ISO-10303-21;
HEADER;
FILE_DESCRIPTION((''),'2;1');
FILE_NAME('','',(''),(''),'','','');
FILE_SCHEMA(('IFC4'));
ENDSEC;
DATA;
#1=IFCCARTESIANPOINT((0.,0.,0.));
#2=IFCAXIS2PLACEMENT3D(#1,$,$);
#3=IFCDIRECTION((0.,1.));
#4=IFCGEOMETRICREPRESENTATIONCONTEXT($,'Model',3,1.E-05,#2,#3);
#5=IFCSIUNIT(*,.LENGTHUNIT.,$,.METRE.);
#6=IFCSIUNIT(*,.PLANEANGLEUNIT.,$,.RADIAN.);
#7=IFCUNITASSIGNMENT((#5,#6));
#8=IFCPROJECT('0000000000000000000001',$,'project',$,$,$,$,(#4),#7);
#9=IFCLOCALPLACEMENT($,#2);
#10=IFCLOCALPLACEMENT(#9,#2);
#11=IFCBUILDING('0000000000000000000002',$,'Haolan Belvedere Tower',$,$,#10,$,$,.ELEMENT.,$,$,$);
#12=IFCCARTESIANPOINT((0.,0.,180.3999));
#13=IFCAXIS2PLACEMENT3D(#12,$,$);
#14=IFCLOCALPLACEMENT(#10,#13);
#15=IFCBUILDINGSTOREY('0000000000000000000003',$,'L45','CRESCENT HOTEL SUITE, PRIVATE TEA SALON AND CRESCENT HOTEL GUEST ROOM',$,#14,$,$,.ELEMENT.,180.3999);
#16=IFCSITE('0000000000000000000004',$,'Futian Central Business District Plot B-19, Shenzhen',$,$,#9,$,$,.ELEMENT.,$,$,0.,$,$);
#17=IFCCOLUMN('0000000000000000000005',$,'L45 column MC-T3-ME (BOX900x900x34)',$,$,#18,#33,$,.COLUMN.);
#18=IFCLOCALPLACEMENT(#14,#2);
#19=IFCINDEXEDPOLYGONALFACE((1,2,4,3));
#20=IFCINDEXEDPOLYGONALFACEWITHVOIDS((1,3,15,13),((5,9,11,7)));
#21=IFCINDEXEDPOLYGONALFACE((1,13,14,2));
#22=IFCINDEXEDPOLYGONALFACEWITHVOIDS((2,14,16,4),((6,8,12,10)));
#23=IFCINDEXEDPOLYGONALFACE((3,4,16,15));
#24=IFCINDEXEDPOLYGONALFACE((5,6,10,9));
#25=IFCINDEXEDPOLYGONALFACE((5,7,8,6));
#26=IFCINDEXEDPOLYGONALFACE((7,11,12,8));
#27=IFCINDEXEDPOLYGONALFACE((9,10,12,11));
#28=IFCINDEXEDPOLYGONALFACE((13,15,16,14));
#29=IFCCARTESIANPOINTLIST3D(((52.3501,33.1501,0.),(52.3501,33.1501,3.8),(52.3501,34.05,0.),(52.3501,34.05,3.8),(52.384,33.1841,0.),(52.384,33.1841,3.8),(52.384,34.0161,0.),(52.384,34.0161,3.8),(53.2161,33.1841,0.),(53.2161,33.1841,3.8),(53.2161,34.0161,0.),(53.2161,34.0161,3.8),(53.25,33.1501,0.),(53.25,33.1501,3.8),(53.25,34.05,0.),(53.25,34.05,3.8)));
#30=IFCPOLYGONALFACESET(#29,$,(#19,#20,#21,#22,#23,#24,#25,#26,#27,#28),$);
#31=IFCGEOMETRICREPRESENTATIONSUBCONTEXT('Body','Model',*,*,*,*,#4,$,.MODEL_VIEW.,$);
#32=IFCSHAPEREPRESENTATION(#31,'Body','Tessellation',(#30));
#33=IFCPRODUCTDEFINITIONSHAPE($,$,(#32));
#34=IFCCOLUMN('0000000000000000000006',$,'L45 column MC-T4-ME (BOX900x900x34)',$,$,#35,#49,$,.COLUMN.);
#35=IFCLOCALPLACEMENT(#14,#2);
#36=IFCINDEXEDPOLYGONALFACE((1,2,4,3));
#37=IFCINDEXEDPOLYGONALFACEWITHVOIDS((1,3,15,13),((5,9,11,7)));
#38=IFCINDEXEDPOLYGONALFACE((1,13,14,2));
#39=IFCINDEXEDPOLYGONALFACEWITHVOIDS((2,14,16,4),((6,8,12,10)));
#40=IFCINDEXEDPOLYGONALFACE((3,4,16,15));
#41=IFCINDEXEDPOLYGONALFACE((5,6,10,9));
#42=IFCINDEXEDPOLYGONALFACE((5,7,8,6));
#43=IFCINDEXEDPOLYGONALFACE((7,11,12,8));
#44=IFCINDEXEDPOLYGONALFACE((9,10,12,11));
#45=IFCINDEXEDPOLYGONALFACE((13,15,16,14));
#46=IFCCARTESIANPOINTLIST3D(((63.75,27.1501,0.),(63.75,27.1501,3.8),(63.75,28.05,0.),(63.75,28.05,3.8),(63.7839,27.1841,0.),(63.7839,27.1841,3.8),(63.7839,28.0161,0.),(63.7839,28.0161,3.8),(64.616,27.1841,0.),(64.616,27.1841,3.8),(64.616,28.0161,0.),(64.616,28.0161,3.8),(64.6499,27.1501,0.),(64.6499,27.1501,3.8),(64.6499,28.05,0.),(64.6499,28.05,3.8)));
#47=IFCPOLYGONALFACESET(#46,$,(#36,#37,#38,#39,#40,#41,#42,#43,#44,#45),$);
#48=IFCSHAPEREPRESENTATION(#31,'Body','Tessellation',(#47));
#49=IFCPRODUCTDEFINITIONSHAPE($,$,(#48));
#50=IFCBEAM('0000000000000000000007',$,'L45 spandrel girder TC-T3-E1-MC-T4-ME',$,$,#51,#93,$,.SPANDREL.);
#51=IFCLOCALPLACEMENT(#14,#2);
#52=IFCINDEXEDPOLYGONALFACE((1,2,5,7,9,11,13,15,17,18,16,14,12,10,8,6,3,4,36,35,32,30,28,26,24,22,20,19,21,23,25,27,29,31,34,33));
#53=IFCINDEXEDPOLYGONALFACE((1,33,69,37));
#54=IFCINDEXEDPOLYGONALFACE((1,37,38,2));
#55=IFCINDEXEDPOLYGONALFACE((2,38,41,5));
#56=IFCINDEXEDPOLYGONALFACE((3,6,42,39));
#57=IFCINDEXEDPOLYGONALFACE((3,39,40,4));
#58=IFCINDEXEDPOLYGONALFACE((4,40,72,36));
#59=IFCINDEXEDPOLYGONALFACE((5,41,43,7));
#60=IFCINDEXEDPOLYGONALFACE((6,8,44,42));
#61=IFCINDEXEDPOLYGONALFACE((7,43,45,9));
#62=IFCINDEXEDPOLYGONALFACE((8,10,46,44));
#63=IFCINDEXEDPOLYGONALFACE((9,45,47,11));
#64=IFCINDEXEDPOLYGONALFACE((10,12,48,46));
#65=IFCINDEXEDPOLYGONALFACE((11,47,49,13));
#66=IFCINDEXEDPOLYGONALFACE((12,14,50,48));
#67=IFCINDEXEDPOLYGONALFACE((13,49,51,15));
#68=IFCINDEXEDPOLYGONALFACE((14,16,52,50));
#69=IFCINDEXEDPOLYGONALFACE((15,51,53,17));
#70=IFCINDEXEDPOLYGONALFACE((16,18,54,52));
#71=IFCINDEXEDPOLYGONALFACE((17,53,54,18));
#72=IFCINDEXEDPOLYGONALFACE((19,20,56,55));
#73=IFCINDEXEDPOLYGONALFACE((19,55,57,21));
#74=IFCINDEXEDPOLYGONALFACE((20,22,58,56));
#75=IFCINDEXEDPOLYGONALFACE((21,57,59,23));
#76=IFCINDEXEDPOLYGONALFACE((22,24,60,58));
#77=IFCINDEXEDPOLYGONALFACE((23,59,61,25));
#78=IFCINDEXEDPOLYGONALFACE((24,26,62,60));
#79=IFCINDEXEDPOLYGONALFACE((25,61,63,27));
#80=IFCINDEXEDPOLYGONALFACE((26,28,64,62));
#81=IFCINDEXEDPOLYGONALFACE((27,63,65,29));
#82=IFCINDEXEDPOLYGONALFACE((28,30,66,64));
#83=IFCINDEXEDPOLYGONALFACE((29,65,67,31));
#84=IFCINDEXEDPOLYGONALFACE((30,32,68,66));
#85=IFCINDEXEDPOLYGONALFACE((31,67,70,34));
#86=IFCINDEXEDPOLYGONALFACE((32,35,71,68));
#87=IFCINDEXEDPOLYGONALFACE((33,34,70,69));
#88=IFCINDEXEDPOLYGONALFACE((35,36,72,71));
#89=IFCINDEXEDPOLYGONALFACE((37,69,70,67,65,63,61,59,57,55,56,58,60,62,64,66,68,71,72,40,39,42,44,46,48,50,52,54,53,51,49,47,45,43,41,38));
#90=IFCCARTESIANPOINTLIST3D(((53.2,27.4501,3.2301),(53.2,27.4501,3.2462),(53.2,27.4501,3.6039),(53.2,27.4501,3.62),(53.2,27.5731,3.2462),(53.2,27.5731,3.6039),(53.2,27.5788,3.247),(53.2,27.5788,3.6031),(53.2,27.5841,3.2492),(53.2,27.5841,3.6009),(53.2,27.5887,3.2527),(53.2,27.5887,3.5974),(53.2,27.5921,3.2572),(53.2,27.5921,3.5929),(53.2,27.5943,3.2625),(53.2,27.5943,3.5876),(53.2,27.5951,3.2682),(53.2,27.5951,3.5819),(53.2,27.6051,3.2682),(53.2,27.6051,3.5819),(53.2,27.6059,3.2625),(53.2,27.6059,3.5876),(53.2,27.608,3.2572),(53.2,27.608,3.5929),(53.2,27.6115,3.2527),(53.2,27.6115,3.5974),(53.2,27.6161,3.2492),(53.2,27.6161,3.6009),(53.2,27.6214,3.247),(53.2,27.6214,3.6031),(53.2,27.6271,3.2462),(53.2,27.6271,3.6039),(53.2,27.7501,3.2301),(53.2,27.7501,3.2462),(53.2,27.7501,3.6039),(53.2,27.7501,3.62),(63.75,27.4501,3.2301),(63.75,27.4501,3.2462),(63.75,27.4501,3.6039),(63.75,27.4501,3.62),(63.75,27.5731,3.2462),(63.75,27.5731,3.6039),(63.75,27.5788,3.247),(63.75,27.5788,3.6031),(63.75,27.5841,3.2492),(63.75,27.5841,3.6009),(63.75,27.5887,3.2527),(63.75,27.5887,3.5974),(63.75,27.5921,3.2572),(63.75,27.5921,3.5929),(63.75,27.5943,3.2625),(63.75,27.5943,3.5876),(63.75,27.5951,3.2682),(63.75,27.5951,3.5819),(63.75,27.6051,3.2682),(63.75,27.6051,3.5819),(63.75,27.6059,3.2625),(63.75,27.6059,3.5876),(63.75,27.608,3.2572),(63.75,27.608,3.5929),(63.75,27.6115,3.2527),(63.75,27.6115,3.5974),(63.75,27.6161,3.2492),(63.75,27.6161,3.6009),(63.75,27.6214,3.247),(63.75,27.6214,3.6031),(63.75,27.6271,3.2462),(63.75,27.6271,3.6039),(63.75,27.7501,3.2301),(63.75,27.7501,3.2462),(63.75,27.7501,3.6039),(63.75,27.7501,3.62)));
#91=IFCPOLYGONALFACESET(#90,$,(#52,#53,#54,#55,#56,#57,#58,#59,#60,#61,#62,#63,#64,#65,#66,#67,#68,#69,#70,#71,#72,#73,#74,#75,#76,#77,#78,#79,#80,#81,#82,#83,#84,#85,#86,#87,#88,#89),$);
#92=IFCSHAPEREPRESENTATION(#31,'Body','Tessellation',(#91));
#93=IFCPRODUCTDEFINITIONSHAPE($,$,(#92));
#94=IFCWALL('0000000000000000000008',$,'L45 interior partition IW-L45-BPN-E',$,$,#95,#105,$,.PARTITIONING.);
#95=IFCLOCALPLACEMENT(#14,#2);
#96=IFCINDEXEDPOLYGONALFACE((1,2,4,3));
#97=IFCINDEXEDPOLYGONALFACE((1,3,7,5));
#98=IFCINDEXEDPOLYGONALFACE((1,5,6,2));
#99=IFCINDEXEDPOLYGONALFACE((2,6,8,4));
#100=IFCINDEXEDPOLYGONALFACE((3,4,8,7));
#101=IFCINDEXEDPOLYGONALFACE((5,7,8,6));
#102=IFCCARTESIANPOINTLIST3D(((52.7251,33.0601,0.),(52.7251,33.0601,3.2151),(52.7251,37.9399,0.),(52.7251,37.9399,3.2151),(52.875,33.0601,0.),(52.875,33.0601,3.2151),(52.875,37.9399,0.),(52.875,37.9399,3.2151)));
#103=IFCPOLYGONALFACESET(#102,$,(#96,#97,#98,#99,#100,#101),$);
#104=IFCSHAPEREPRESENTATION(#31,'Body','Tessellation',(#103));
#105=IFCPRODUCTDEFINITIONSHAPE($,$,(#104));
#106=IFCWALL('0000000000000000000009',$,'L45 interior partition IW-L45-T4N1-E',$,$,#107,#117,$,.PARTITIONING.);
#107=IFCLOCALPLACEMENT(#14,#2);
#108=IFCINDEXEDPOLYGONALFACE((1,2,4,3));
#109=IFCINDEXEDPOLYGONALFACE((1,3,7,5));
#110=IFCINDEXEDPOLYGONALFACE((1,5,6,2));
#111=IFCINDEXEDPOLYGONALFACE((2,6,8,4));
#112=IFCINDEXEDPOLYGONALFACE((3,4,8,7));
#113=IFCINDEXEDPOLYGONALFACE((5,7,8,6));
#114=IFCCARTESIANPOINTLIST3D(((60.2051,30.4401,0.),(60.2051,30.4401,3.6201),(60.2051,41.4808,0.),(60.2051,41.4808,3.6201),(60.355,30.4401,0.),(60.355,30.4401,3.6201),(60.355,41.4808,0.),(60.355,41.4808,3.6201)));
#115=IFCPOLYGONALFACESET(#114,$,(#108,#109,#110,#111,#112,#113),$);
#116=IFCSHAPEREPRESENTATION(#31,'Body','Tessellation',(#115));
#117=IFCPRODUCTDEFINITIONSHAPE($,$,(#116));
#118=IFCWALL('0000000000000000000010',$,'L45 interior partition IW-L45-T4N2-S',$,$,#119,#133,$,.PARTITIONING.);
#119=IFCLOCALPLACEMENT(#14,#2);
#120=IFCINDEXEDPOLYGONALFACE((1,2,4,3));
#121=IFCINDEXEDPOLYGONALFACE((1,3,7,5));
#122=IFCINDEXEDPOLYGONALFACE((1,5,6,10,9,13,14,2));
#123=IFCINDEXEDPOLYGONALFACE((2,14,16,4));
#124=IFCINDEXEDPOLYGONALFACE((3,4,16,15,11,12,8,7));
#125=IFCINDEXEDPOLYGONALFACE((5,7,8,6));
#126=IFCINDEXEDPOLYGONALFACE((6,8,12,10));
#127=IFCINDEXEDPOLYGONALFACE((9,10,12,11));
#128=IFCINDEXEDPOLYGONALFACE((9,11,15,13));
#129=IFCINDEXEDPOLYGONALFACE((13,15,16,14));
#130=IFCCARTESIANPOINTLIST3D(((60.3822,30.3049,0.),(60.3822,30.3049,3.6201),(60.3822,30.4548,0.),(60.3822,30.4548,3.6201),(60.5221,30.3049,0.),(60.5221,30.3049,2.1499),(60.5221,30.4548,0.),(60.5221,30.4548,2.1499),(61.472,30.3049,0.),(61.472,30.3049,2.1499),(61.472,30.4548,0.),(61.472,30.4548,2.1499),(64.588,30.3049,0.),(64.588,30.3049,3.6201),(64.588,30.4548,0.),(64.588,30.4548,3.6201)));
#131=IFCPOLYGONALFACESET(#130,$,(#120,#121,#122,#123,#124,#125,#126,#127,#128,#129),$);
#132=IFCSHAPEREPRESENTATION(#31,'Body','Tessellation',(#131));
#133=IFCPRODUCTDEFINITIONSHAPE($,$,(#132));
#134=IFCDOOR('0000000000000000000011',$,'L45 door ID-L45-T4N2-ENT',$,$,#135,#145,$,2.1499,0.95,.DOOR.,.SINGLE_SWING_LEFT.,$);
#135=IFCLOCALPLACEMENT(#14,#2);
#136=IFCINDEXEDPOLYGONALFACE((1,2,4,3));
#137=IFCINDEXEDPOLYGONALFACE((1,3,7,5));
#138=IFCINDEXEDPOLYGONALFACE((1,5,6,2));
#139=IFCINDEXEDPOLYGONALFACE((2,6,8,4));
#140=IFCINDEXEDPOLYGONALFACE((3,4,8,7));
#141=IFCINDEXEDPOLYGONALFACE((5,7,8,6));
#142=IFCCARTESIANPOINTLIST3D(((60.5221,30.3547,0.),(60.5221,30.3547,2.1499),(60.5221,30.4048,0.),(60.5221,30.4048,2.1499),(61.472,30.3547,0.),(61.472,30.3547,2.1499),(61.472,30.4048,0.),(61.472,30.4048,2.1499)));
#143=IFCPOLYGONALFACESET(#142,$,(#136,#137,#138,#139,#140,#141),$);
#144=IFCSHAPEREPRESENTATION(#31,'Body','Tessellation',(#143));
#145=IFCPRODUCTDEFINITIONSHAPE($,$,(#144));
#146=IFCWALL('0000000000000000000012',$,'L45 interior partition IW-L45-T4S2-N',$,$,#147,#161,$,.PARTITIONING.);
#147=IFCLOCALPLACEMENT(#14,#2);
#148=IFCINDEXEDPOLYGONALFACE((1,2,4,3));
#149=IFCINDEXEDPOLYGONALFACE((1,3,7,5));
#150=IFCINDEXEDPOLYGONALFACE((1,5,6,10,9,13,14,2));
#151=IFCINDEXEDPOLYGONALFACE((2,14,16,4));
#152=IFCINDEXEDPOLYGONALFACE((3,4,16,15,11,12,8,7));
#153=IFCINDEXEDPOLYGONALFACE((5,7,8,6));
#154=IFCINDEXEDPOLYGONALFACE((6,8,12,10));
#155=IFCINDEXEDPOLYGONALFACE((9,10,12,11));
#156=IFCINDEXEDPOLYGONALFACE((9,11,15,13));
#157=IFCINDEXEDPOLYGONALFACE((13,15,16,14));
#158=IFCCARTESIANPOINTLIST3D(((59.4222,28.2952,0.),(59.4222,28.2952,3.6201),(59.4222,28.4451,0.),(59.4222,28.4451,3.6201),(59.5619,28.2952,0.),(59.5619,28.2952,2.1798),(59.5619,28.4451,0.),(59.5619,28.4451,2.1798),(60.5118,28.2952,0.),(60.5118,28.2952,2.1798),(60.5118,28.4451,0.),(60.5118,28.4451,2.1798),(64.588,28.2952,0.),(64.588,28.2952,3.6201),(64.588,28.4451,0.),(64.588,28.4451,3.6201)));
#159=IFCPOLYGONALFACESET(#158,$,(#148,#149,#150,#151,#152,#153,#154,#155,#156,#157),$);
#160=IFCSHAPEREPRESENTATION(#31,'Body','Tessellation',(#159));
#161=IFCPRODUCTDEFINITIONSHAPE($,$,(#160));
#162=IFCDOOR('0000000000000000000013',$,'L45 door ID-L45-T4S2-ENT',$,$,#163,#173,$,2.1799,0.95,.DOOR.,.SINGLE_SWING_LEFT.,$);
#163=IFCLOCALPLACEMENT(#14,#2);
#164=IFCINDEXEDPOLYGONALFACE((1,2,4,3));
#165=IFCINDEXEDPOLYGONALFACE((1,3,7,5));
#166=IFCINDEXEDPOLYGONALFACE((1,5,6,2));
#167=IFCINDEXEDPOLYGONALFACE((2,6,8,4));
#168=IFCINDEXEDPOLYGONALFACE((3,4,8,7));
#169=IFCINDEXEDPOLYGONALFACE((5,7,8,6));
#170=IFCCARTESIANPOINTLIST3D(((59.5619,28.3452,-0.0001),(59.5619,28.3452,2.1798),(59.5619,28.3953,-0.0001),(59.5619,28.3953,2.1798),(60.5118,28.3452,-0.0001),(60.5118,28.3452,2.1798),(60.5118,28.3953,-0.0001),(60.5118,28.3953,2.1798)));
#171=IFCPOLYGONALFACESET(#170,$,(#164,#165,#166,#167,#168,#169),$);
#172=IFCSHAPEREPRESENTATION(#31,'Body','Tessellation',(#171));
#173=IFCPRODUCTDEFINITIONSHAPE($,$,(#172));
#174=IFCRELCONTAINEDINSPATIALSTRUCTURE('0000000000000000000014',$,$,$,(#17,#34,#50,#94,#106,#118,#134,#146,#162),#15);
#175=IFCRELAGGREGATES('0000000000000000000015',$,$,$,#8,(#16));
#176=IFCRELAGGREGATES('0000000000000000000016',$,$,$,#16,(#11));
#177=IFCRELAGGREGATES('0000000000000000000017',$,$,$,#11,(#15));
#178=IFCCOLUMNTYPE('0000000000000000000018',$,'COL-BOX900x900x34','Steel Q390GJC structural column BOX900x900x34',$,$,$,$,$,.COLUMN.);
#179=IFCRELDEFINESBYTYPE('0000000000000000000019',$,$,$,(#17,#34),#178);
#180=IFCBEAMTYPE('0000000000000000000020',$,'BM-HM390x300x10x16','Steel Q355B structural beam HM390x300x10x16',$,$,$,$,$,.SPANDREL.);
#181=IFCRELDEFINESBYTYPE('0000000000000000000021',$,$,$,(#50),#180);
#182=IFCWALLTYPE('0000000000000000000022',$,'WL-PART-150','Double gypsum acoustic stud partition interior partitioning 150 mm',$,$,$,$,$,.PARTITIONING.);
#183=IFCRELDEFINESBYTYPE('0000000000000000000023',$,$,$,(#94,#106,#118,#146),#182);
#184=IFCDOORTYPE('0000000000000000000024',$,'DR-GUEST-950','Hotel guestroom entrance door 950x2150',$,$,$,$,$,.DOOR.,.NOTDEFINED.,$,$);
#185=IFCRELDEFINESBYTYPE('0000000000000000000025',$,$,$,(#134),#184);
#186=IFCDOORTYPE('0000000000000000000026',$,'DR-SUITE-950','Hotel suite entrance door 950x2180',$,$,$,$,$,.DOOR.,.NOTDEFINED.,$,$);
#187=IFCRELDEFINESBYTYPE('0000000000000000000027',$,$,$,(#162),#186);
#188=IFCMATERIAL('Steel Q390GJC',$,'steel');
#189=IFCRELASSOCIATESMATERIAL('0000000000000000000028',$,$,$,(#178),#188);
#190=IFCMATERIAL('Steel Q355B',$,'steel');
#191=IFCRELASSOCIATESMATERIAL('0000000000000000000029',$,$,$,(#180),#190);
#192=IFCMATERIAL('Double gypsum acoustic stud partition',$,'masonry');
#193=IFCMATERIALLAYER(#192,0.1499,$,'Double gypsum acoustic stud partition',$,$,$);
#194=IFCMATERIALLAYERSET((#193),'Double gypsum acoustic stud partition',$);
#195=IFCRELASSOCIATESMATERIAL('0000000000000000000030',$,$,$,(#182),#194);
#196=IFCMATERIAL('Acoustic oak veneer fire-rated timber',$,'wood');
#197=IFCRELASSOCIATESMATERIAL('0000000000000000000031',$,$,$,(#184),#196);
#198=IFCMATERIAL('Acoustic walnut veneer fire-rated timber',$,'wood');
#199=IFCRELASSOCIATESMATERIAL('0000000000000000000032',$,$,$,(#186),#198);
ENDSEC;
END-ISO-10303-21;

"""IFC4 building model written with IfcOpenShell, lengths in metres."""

from ifc_helpers import new_model, si_unit, direction, frame, frame_2d, origin, origin_2d, place, context, subcontext, project, spatial, rectangle, hollow_rectangle, i_section, extrude, material, layer, layer_set, material_profile, profile_set, type_object, element, fill, save


model = new_model("IFC4")

# Units and contexts
model_context = context("Model", 3, precision=1e-05, world=origin(), true_north=direction((0.0, 1.0)))
body_context = subcontext(model_context, "Body", "Model", "MODEL_VIEW")
ifc_project = project(units=[si_unit("LENGTHUNIT", "METRE"), si_unit("PLANEANGLEUNIT", "RADIAN")], contexts=[model_context])

# Site, building, storey
site_placement = place(None, origin())
site = spatial("IfcSite", under=ifc_project, at=site_placement, Name="Futian Central Business District Plot B-19, Shenzhen", CompositionType="ELEMENT", RefElevation=0.0)
building_placement = place(site_placement, origin())
building = spatial("IfcBuilding", under=site, at=building_placement, Name="Haolan Belvedere Tower", CompositionType="ELEMENT")
storey_placement = place(building_placement, frame((0.0, 0.0, 180.3999)))
storey = spatial("IfcBuildingStorey", under=building, at=storey_placement, Name="L45", Description="CRESCENT HOTEL SUITE, PRIVATE TEA SALON AND CRESCENT HOTEL GUEST ROOM", CompositionType="ELEMENT", Elevation=180.3999)

# Columns
ifc_material_1 = material(Name="Steel Q390GJC", Category="steel")
ifc_material_profile_1 = material_profile(ifc_material_1, hollow_rectangle(XDim=0.8999, YDim=0.8999, WallThickness=0.0339, at=origin_2d()), Name="Steel Q390GJC")
ifc_profile_set_1 = profile_set([ifc_material_profile_1], Name="Steel Q390GJC")
column_type = type_object("IfcColumnType", Name="COL-BOX900x900x34", Description="Steel Q390GJC structural column BOX900x900x34", PredefinedType="COLUMN", material=ifc_profile_set_1)
for number, where, z_axis, x_axis, name in (
    (1, (52.8, 33.6001, 0.0), (0.0, 0.0, 1.0), (1.0, 0.0, 0.0), "L45 column MC-T3-ME (BOX900x900x34)"),
    (2, (64.2, 27.6001, 0.0), (0.0, 0.0, 1.0), (1.0, 0.0, 0.0), "L45 column MC-T4-ME (BOX900x900x34)"),
):
    element("IfcColumn", number, at=place(storey_placement, frame(where, z_axis=z_axis, x_axis=x_axis)), inside=storey, type_object=column_type, Name=name, PredefinedType="COLUMN", context=body_context, shape_type="SweptSolid", body=[
        extrude(hollow_rectangle(XDim=0.8999, YDim=0.8999, WallThickness=0.0339, at=origin_2d()), origin(), (0.0, 0.0, 1.0), 3.8),
    ])

# Beam
ifc_material_2 = material(Name="Steel Q355B", Category="steel")
ifc_material_profile_2 = material_profile(ifc_material_2, i_section(OverallWidth=0.3, OverallDepth=0.3899, WebThickness=0.01, FlangeThickness=0.0161, FilletRadius=0.022, at=origin_2d()), Name="Steel Q355B")
ifc_profile_set_2 = profile_set([ifc_material_profile_2], Name="Steel Q355B")
beam_type = type_object("IfcBeamType", Name="BM-HM390x300x10x16", Description="Steel Q355B structural beam HM390x300x10x16", PredefinedType="SPANDREL", material=ifc_profile_set_2)
beam_placement = place(storey_placement, frame((53.2, 27.6001, 3.425), z_axis=(1.0, 0.0, 0.0), x_axis=(0.0, 1.0, 0.0)))
element("IfcBeam", 3, at=beam_placement, inside=storey, type_object=beam_type, Name="L45 spandrel girder TC-T3-E1-MC-T4-ME", PredefinedType="SPANDREL", context=body_context, shape_type="SweptSolid", body=[
    extrude(i_section(OverallWidth=0.3, OverallDepth=0.3899, WebThickness=0.01, FlangeThickness=0.0161, FilletRadius=0.022, at=origin_2d()), origin(), (0.0, 0.0, 1.0), 10.55),
])

# Walls
ifc_material_3 = material(Name="Double gypsum acoustic stud partition", Category="masonry")
ifc_layer_1 = layer(ifc_material_3, 0.1499, Name="Double gypsum acoustic stud partition")
ifc_layer_set_1 = layer_set([ifc_layer_1], Name="Double gypsum acoustic stud partition")
wall_type_1 = type_object("IfcWallType", Name="WL-PART-150", Description="Double gypsum acoustic stud partition interior partitioning 150 mm", PredefinedType="PARTITIONING", material=ifc_layer_set_1)
wall_1_placement = place(storey_placement, frame((52.8, 33.0601, 0.0), z_axis=(0.0, 0.0, 1.0), x_axis=(0.0, 1.0, 0.0)))
element("IfcWall", 4, at=wall_1_placement, inside=storey, type_object=wall_type_1, Name="L45 interior partition IW-L45-BPN-E", PredefinedType="PARTITIONING", context=body_context, shape_type="SweptSolid", body=[
    extrude(rectangle(XDim=4.8799, YDim=0.1499, at=frame_2d((2.4399, 0.0))), origin(), (0.0, 0.0, 1.0), 3.2151),
])
wall_2_placement = place(storey_placement, frame((60.28, 30.4399, 0.0), z_axis=(0.0, 0.0, 1.0), x_axis=(0.0, 1.0, 0.0)))
element("IfcWall", 5, at=wall_2_placement, inside=storey, type_object=wall_type_1, Name="L45 interior partition IW-L45-T4N1-E", PredefinedType="PARTITIONING", context=body_context, shape_type="SweptSolid", body=[
    extrude(rectangle(XDim=11.0408, YDim=0.1499, at=frame_2d((5.5205, 0.0))), origin(), (0.0, 0.0, 1.0), 3.6201),
])

# Walls, openings, doors
wall_3_placement = place(storey_placement, frame((60.3821, 30.3799, 0.0), z_axis=(0.0, 0.0, 1.0), x_axis=(1.0, 0.0, 0.0)))
wall_3 = element("IfcWall", 6, at=wall_3_placement, inside=storey, type_object=wall_type_1, Name="L45 interior partition IW-L45-T4N2-S", PredefinedType="PARTITIONING", context=body_context, shape_type="SweptSolid", body=[
    extrude(rectangle(XDim=4.2058, YDim=0.1499, at=frame_2d((2.103, 0.0))), origin(), (0.0, 0.0, 1.0), 3.6201),
])
opening_1_placement = place(wall_3_placement, frame((0.1399, 0.0, 0.0)))
opening_1 = element("IfcOpeningElement", 7, at=opening_1_placement, cuts=wall_3, PredefinedType="OPENING", context=body_context, shape_type="SweptSolid", body=[
    extrude(rectangle(XDim=0.95, YDim=2.1499, at=frame_2d((0.4751, 1.075))), frame((0.0, 0.085, 0.0), z_axis=(0.0, -1.0, 0.0), x_axis=(1.0, 0.0, 0.0)), (0.0, 0.0, 1.0), 0.1699),
])
ifc_material_4 = material(Name="Acoustic oak veneer fire-rated timber", Category="wood")
door_type_1 = type_object("IfcDoorType", Name="DR-GUEST-950", Description="Hotel guestroom entrance door 950x2150", OperationType="NOTDEFINED", PredefinedType="DOOR", material=ifc_material_4)
door_1_placement = place(opening_1_placement, origin())
door_1 = element("IfcDoor", 8, at=door_1_placement, inside=storey, type_object=door_type_1, Name="L45 door ID-L45-T4N2-ENT", OperationType="SINGLE_SWING_LEFT", OverallHeight=2.1499, OverallWidth=0.95, PredefinedType="DOOR", context=body_context, shape_type="SweptSolid", body=[
    extrude(rectangle(XDim=0.95, YDim=2.1499, at=frame_2d((0.4751, 1.075))), frame((0.0, 0.0249, 0.0), z_axis=(0.0, -1.0, 0.0), x_axis=(1.0, 0.0, 0.0)), (0.0, 0.0, 1.0), 0.05),
])
fill(opening_1, door_1)
wall_4_placement = place(storey_placement, frame((59.4221, 28.3701, 0.0), z_axis=(0.0, 0.0, 1.0), x_axis=(1.0, 0.0, 0.0)))
wall_4 = element("IfcWall", 9, at=wall_4_placement, inside=storey, type_object=wall_type_1, Name="L45 interior partition IW-L45-T4S2-N", PredefinedType="PARTITIONING", context=body_context, shape_type="SweptSolid", body=[
    extrude(rectangle(XDim=5.1658, YDim=0.1499, at=frame_2d((2.583, 0.0))), origin(), (0.0, 0.0, 1.0), 3.6201),
])
opening_2_placement = place(wall_4_placement, frame((1.0898, 0.0, 0.0), z_axis=(0.0, 0.0, 1.0), x_axis=(-1.0, 0.0, 0.0)))
opening_2 = element("IfcOpeningElement", 10, at=opening_2_placement, cuts=wall_4, PredefinedType="OPENING", context=body_context, shape_type="SweptSolid", body=[
    extrude(rectangle(XDim=0.95, YDim=2.1799, at=frame_2d((0.4751, 1.0898))), frame((0.0, 0.085, 0.0), z_axis=(0.0, -1.0, 0.0), x_axis=(1.0, 0.0, 0.0)), (0.0, 0.0, 1.0), 0.1699),
])
ifc_material_5 = material(Name="Acoustic walnut veneer fire-rated timber", Category="wood")
door_type_2 = type_object("IfcDoorType", Name="DR-SUITE-950", Description="Hotel suite entrance door 950x2180", OperationType="NOTDEFINED", PredefinedType="DOOR", material=ifc_material_5)
door_2_placement = place(opening_2_placement, origin())
door_2 = element("IfcDoor", 11, at=door_2_placement, inside=storey, type_object=door_type_2, Name="L45 door ID-L45-T4S2-ENT", OperationType="SINGLE_SWING_LEFT", OverallHeight=2.1799, OverallWidth=0.95, PredefinedType="DOOR", context=body_context, shape_type="SweptSolid", body=[
    extrude(rectangle(XDim=0.95, YDim=2.1799, at=frame_2d((0.4751, 1.0898))), frame((0.0, 0.0249, 0.0), z_axis=(0.0, -1.0, 0.0), x_axis=(1.0, 0.0, 0.0)), (0.0, 0.0, 1.0), 0.05),
])
fill(opening_2, door_2)

save(model, "model.ifc")
